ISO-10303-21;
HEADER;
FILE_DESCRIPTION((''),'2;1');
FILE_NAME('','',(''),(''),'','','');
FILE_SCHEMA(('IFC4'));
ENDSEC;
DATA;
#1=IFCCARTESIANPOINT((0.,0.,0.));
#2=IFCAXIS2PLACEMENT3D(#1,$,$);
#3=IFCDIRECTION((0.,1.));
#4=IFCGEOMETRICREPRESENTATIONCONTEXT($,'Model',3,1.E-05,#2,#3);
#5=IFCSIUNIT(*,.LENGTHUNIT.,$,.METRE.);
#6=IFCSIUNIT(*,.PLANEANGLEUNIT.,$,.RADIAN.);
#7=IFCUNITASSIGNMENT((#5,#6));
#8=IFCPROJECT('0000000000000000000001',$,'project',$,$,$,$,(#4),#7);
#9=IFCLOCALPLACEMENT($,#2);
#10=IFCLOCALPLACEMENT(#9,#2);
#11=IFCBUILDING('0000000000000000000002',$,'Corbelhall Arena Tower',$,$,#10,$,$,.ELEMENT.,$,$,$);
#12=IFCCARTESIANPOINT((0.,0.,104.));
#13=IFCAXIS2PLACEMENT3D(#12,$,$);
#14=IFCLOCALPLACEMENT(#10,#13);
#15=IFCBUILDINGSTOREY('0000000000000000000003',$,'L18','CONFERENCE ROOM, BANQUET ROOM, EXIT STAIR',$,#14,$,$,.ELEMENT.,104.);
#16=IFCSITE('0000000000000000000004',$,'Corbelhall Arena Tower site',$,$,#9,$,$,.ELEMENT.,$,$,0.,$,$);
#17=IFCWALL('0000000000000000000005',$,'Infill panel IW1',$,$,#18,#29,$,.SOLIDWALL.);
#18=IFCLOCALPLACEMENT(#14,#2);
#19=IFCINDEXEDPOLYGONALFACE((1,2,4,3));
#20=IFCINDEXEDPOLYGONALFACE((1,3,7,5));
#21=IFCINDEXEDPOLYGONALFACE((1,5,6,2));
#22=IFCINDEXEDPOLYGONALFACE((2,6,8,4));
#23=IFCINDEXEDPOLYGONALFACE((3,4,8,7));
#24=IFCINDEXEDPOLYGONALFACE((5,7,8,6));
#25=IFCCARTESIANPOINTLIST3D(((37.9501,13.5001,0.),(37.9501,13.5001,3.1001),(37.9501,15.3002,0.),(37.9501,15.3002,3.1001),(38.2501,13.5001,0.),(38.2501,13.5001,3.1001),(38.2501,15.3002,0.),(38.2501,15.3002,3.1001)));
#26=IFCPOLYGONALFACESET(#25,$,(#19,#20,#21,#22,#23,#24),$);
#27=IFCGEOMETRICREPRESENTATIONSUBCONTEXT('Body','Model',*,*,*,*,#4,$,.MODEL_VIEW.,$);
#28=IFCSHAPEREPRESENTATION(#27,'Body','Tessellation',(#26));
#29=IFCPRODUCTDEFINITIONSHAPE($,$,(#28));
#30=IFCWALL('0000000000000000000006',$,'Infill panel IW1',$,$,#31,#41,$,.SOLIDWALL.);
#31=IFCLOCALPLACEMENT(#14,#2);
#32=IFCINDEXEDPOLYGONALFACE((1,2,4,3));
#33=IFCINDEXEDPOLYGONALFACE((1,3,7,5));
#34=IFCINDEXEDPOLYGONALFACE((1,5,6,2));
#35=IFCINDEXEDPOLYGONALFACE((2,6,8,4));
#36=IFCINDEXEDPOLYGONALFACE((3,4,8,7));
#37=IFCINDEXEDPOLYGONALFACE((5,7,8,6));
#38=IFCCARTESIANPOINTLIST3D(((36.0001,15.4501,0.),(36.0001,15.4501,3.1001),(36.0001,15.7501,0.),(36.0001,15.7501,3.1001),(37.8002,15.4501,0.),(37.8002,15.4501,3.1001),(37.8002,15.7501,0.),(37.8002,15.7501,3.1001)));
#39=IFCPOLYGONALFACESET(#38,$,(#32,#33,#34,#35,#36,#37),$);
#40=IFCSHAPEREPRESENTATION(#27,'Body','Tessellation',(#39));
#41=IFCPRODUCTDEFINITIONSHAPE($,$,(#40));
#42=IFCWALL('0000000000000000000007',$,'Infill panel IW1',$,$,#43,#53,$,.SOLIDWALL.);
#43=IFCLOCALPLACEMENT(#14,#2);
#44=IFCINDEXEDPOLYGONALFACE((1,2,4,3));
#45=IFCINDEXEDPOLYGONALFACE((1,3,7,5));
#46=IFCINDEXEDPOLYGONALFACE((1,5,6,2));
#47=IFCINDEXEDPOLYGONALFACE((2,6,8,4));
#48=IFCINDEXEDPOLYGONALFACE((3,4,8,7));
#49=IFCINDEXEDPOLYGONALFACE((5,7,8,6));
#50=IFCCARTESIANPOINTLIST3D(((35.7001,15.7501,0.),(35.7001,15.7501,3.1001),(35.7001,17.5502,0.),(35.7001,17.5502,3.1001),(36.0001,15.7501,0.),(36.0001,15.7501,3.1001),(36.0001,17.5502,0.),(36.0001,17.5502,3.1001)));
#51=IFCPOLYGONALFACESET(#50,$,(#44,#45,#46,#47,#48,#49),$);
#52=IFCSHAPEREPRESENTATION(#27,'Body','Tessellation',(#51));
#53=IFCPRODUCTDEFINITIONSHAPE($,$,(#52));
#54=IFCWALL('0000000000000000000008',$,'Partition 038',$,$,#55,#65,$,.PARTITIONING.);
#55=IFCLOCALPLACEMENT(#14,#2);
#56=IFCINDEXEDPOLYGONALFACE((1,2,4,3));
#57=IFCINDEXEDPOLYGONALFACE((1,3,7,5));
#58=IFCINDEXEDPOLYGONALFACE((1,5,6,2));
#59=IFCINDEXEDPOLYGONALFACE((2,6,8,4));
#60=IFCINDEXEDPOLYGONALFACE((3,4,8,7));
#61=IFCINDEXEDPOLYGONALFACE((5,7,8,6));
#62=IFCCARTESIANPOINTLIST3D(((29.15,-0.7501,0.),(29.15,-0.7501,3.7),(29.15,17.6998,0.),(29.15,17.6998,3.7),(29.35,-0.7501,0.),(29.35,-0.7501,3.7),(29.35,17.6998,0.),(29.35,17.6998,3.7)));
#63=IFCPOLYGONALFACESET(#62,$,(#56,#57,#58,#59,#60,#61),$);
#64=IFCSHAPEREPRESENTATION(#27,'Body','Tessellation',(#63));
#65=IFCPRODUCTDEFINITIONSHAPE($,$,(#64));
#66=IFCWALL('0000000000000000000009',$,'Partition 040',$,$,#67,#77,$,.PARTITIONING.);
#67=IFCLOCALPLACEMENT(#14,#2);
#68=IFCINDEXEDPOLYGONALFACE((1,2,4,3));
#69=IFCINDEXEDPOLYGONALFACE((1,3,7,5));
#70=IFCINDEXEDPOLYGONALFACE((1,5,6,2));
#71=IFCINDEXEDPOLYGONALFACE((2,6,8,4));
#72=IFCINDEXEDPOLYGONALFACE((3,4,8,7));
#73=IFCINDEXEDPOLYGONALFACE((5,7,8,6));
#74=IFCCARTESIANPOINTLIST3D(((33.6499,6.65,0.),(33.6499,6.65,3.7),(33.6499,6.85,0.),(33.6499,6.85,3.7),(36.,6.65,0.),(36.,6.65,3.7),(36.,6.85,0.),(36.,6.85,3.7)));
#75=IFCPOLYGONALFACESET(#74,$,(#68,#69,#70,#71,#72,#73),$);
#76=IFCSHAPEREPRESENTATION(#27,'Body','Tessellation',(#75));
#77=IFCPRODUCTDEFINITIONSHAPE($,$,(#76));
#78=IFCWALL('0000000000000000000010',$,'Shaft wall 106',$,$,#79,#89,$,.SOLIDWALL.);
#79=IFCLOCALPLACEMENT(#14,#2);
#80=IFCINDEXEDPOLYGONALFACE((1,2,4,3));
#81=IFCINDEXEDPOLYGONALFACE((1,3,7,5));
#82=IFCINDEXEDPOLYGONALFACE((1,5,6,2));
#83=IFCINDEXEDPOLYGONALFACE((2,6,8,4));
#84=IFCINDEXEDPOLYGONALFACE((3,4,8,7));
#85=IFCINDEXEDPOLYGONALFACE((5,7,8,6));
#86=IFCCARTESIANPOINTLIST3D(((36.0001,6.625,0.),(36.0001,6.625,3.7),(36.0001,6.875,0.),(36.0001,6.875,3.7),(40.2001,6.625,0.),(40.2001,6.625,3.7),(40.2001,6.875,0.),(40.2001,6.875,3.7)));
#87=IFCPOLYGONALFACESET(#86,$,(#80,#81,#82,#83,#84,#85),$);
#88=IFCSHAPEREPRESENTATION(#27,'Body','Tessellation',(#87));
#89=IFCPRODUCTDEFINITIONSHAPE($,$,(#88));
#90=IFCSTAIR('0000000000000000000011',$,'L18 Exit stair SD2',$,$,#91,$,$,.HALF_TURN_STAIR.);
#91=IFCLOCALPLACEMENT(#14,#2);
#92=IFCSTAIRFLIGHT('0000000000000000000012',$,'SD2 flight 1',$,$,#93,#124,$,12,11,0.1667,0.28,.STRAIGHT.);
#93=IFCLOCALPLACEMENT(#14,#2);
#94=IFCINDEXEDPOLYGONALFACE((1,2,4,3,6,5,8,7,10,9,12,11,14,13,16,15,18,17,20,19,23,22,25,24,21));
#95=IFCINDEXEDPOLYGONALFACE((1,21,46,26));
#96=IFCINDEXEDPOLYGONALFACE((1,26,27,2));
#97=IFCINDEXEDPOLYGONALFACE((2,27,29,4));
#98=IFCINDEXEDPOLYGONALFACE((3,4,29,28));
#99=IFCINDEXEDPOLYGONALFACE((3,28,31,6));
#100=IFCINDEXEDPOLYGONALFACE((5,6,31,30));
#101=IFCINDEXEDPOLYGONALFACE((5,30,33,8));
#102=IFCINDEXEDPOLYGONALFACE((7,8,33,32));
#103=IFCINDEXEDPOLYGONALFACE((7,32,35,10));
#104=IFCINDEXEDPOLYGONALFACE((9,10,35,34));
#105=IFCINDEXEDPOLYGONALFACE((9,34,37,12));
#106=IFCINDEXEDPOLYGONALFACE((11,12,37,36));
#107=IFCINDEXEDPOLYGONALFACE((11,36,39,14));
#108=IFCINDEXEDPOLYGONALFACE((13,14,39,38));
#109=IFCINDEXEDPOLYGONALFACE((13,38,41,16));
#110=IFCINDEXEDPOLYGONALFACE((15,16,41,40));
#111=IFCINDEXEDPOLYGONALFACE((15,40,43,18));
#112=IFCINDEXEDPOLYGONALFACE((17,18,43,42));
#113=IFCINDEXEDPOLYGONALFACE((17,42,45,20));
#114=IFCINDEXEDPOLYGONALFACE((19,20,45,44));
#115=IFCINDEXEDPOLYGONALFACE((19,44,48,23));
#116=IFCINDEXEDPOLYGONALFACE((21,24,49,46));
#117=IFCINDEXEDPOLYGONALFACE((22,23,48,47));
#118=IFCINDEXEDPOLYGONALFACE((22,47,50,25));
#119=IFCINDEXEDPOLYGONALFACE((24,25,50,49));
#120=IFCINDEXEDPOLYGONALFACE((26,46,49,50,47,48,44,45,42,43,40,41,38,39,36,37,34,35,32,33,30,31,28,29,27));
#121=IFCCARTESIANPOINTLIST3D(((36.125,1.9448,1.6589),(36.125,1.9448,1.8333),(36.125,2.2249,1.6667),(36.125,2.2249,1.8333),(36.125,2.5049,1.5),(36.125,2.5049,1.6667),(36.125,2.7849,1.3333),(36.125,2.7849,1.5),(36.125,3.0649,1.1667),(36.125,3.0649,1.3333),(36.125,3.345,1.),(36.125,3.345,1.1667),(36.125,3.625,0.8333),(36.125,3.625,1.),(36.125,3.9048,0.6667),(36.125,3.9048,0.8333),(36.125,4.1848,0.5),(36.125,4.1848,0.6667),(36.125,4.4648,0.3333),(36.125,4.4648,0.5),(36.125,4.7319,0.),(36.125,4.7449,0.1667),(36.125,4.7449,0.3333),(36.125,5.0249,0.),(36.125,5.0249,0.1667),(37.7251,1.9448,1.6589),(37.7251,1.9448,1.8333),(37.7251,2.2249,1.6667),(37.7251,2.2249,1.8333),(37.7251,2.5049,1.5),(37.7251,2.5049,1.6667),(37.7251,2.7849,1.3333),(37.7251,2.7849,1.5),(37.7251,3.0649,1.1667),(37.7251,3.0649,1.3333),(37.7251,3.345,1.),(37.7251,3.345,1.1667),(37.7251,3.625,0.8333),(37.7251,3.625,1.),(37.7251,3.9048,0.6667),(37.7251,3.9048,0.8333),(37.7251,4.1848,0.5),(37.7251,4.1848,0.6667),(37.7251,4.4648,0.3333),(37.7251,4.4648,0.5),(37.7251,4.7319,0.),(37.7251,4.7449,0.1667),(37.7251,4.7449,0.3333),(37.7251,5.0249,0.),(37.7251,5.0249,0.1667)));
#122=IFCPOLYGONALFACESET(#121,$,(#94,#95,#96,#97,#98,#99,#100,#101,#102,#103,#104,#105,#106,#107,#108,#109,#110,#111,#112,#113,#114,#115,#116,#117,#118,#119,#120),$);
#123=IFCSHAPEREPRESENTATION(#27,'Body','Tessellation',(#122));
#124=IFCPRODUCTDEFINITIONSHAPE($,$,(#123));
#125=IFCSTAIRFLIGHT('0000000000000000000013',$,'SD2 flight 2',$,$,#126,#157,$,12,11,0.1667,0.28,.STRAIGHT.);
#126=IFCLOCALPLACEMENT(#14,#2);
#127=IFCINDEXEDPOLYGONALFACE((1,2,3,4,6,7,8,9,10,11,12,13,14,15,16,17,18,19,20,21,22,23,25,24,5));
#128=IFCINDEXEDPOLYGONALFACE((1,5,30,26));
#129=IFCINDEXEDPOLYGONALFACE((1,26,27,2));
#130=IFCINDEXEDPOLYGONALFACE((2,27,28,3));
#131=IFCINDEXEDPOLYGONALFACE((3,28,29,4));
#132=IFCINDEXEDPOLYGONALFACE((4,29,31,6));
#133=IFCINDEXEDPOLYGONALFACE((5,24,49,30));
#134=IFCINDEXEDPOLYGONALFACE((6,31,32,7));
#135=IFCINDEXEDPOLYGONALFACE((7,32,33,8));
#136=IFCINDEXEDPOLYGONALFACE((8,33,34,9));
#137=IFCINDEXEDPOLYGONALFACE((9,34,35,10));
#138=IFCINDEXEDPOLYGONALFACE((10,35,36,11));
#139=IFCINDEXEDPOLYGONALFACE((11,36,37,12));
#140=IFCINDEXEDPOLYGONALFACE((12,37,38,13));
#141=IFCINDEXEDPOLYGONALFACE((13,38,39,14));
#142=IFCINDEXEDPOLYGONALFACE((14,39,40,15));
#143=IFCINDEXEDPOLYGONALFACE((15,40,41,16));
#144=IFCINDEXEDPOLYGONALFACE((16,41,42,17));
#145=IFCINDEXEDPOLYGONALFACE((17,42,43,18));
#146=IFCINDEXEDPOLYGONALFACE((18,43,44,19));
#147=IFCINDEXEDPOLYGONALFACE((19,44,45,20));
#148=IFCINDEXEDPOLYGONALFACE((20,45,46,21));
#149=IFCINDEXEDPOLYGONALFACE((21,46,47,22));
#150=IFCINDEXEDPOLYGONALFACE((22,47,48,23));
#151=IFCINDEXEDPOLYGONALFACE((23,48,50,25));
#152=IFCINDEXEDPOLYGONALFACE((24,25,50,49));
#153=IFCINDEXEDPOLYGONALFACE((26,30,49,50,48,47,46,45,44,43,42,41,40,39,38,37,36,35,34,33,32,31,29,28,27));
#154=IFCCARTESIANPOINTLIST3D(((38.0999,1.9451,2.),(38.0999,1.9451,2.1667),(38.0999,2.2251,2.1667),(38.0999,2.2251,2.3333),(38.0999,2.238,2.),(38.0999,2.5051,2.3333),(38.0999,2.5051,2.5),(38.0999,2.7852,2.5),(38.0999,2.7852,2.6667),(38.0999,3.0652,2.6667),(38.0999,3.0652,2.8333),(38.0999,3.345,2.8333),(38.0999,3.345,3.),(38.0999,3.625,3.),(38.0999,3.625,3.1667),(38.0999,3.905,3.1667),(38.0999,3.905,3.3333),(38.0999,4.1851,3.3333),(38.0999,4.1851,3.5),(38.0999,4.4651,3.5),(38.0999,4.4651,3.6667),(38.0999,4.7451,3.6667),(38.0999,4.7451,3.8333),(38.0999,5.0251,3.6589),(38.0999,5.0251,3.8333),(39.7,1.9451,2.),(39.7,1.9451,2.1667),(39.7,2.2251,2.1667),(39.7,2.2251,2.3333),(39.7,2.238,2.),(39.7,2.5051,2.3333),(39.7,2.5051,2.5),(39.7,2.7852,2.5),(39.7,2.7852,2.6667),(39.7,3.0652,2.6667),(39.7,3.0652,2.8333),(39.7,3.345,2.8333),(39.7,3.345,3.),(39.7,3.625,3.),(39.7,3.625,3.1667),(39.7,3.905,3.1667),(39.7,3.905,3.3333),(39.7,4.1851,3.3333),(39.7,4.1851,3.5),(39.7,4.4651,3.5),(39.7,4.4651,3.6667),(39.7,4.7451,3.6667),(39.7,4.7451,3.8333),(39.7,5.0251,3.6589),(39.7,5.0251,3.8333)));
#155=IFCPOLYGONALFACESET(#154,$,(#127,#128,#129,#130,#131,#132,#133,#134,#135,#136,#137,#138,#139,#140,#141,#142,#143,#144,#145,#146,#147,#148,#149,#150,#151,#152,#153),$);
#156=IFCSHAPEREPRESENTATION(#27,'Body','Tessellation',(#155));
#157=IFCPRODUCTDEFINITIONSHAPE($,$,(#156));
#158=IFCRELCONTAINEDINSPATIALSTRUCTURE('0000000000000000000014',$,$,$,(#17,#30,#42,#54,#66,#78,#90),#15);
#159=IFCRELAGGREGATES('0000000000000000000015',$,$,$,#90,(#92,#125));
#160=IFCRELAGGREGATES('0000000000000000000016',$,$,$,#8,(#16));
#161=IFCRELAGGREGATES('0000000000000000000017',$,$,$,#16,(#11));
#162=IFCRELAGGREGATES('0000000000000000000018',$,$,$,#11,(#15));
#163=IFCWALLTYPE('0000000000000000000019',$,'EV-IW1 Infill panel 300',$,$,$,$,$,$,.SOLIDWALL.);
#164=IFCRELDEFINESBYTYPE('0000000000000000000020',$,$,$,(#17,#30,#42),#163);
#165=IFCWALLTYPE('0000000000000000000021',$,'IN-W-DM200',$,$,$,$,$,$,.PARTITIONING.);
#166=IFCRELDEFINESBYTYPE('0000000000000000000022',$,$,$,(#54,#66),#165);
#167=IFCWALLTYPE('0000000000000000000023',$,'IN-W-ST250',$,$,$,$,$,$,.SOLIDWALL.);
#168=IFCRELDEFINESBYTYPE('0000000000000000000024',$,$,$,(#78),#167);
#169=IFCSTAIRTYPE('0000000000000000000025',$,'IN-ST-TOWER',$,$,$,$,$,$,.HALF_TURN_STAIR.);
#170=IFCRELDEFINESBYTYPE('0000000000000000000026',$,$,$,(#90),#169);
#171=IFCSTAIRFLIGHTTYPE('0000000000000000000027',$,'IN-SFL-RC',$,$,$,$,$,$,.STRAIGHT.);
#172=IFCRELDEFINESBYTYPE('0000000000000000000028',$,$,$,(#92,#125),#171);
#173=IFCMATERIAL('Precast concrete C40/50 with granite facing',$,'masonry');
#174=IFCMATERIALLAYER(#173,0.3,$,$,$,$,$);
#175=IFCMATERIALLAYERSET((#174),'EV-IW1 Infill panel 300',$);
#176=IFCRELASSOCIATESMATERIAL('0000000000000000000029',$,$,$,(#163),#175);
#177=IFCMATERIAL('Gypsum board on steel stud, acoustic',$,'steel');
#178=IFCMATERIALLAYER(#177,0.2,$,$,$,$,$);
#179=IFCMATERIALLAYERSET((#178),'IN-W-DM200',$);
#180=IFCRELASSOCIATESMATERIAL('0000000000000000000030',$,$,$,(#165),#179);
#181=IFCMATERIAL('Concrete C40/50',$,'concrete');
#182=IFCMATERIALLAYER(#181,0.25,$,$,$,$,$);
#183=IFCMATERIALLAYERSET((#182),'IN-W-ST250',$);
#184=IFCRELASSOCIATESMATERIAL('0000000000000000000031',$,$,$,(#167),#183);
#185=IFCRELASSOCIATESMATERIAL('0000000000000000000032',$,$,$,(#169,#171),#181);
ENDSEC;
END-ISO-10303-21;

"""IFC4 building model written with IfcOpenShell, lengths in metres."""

from ifc_helpers import new_model, si_unit, direction, frame, frame_2d, origin, place, context, subcontext, project, spatial, polyline, rectangle, outline, extrude, material, layer, layer_set, type_object, element, aggregate, save


model = new_model("IFC4")

# Units and contexts
model_context = context("Model", 3, precision=1e-05, world=origin(), true_north=direction((0.0, 1.0)))
body_context = subcontext(model_context, "Body", "Model", "MODEL_VIEW")
ifc_project = project(units=[si_unit("LENGTHUNIT", "METRE"), si_unit("PLANEANGLEUNIT", "RADIAN")], contexts=[model_context])

# Site, building, storey
site_placement = place(None, origin())
site = spatial("IfcSite", under=ifc_project, at=site_placement, Name="Corbelhall Arena Tower site", CompositionType="ELEMENT", RefElevation=0.0)
building_placement = place(site_placement, origin())
building = spatial("IfcBuilding", under=site, at=building_placement, Name="Corbelhall Arena Tower", CompositionType="ELEMENT")
storey_placement = place(building_placement, frame((0.0, 0.0, 104.0)))
storey = spatial("IfcBuildingStorey", under=building, at=storey_placement, Name="L18", Description="CONFERENCE ROOM, BANQUET ROOM, EXIT STAIR", CompositionType="ELEMENT", Elevation=104.0)

# Walls
ifc_material_1 = material(Name="Precast concrete C40/50 with granite facing", Category="masonry")
ifc_layer_1 = layer(ifc_material_1, 0.3)
ifc_layer_set_1 = layer_set([ifc_layer_1], Name="EV-IW1 Infill panel 300")
wall_type_1 = type_object("IfcWallType", Name="EV-IW1 Infill panel 300", PredefinedType="SOLIDWALL", material=ifc_layer_set_1)
for number, where, z_axis, x_axis, name in (
    (1, (38.1001, 15.3, 0.0), (0.0, 0.0, 1.0), (0.0, -1.0, 0.0), "Infill panel IW1"),
    (2, (37.8, 15.6001, 0.0), (0.0, 0.0, 1.0), (-1.0, 0.0, 0.0), "Infill panel IW1"),
    (3, (35.8501, 17.55, 0.0), (0.0, 0.0, 1.0), (0.0, -1.0, 0.0), "Infill panel IW1"),
):
    element("IfcWall", number, at=place(storey_placement, frame(where, z_axis=z_axis, x_axis=x_axis)), inside=storey, type_object=wall_type_1, Name=name, PredefinedType="SOLIDWALL", context=body_context, shape_type="SweptSolid", body=[
        extrude(rectangle(XDim=1.8, YDim=0.3, at=frame_2d((0.8999, 0.0))), origin(), (0.0, 0.0, 1.0), 3.1001),
    ])

# Walls
ifc_material_2 = material(Name="Gypsum board on steel stud, acoustic", Category="steel")
ifc_layer_2 = layer(ifc_material_2, 0.2)
ifc_layer_set_2 = layer_set([ifc_layer_2], Name="IN-W-DM200")
wall_type_2 = type_object("IfcWallType", Name="IN-W-DM200", PredefinedType="PARTITIONING", material=ifc_layer_set_2)
wall_1_placement = place(storey_placement, frame((29.25, 17.7, 0.0), z_axis=(0.0, 0.0, 1.0), x_axis=(0.0, -1.0, 0.0)))
element("IfcWall", 4, at=wall_1_placement, inside=storey, type_object=wall_type_2, Name="Partition 038", PredefinedType="PARTITIONING", context=body_context, shape_type="SweptSolid", body=[
    extrude(rectangle(XDim=18.45, YDim=0.2, at=frame_2d((9.2251, 0.0))), origin(), (0.0, 0.0, 1.0), 3.7),
])
wall_2_placement = place(storey_placement, frame((33.6499, 6.75, 0.0), z_axis=(0.0, 0.0, 1.0), x_axis=(1.0, 0.0, 0.0)))
element("IfcWall", 5, at=wall_2_placement, inside=storey, type_object=wall_type_2, Name="Partition 040", PredefinedType="PARTITIONING", context=body_context, shape_type="SweptSolid", body=[
    extrude(rectangle(XDim=2.3501, YDim=0.2, at=frame_2d((1.175, 0.0))), origin(), (0.0, 0.0, 1.0), 3.7),
])
ifc_material_3 = material(Name="Concrete C40/50", Category="concrete")
ifc_layer_3 = layer(ifc_material_3, 0.25)
ifc_layer_set_3 = layer_set([ifc_layer_3], Name="IN-W-ST250")
wall_type_3 = type_object("IfcWallType", Name="IN-W-ST250", PredefinedType="SOLIDWALL", material=ifc_layer_set_3)
wall_3_placement = place(storey_placement, frame((36.0, 6.75, 0.0), z_axis=(0.0, 0.0, 1.0), x_axis=(1.0, 0.0, 0.0)))
element("IfcWall", 6, at=wall_3_placement, inside=storey, type_object=wall_type_3, Name="Shaft wall 106", PredefinedType="SOLIDWALL", context=body_context, shape_type="SweptSolid", body=[
    extrude(rectangle(XDim=4.2, YDim=0.25, at=frame_2d((2.1001, 0.0))), origin(), (0.0, 0.0, 1.0), 3.7),
])

# Stair, stair flights
stair_type = type_object("IfcStairType", Name="IN-ST-TOWER", PredefinedType="HALF_TURN_STAIR", material=ifc_material_3)
stair_placement = place(storey_placement, origin())
stair = element("IfcStair", 7, at=stair_placement, inside=storey, type_object=stair_type, Name="L18 Exit stair SD2", PredefinedType="HALF_TURN_STAIR")
stair_flight_type = type_object("IfcStairFlightType", Name="IN-SFL-RC", PredefinedType="STRAIGHT", material=ifc_material_3)
stair_flight_1_placement = place(storey_placement, frame((36.925, 5.0249, 0.0), z_axis=(0.0, 0.0, 1.0), x_axis=(0.0, -1.0, 0.0)))
stair_flight_1 = element("IfcStairFlight", 8, at=stair_flight_1_placement, type_object=stair_flight_type, Name="SD2 flight 1", NumberOfRisers=12, NumberOfTreads=11, PredefinedType="STRAIGHT", RiserHeight=0.1667, TreadLength=0.28, context=body_context, shape_type="SweptSolid", body=[
    extrude(outline(polyline([(0.0, 0.0), (0.0, 0.1667), (0.28, 0.1667), (0.28, 0.3333), (0.5601, 0.3333), (0.5601, 0.5), (0.8401, 0.5), (0.8401, 0.6667), (1.1201, 0.6667), (1.1201, 0.8333), (1.3999, 0.8333), (1.3999, 1.0), (1.6799, 1.0), (1.6799, 1.1667), (1.96, 1.1667), (1.96, 1.3333), (2.24, 1.3333), (2.24, 1.5), (2.52, 1.5), (2.52, 1.6667), (2.8, 1.6667), (2.8, 1.8333), (3.0801, 1.8333), (3.0801, 2.0), (3.0801, 1.6589), (0.293, 0.0), (0.0, 0.0)])), frame((0.0, 0.8, 0.0), z_axis=(0.0, -1.0, 0.0), x_axis=(1.0, 0.0, 0.0)), (0.0, 0.0, 1.0), 1.6001),
])
stair_flight_2_placement = place(storey_placement, frame((38.8999, 1.9451, 2.0), z_axis=(0.0, 0.0, 1.0), x_axis=(0.0, 1.0, 0.0)))
stair_flight_2 = element("IfcStairFlight", 9, at=stair_flight_2_placement, type_object=stair_flight_type, Name="SD2 flight 2", NumberOfRisers=12, NumberOfTreads=11, PredefinedType="STRAIGHT", RiserHeight=0.1667, TreadLength=0.28, context=body_context, shape_type="SweptSolid", body=[
    extrude(outline(polyline([(0.0, 0.0), (0.0, 0.1667), (0.28, 0.1667), (0.28, 0.3333), (0.5601, 0.3333), (0.5601, 0.5), (0.8401, 0.5), (0.8401, 0.6667), (1.1201, 0.6667), (1.1201, 0.8333), (1.3999, 0.8333), (1.3999, 1.0), (1.6799, 1.0), (1.6799, 1.1667), (1.96, 1.1667), (1.96, 1.3333), (2.24, 1.3333), (2.24, 1.5), (2.52, 1.5), (2.52, 1.6667), (2.8, 1.6667), (2.8, 1.8333), (3.0801, 1.8333), (3.0801, 2.0), (3.0801, 1.6589), (0.293, 0.0), (0.0, 0.0)])), frame((0.0, 0.8, 0.0), z_axis=(0.0, -1.0, 0.0), x_axis=(1.0, 0.0, 0.0)), (0.0, 0.0, 1.0), 1.6001),
])
aggregate(stair, [stair_flight_1, stair_flight_2])

save(model, "model.ifc")
